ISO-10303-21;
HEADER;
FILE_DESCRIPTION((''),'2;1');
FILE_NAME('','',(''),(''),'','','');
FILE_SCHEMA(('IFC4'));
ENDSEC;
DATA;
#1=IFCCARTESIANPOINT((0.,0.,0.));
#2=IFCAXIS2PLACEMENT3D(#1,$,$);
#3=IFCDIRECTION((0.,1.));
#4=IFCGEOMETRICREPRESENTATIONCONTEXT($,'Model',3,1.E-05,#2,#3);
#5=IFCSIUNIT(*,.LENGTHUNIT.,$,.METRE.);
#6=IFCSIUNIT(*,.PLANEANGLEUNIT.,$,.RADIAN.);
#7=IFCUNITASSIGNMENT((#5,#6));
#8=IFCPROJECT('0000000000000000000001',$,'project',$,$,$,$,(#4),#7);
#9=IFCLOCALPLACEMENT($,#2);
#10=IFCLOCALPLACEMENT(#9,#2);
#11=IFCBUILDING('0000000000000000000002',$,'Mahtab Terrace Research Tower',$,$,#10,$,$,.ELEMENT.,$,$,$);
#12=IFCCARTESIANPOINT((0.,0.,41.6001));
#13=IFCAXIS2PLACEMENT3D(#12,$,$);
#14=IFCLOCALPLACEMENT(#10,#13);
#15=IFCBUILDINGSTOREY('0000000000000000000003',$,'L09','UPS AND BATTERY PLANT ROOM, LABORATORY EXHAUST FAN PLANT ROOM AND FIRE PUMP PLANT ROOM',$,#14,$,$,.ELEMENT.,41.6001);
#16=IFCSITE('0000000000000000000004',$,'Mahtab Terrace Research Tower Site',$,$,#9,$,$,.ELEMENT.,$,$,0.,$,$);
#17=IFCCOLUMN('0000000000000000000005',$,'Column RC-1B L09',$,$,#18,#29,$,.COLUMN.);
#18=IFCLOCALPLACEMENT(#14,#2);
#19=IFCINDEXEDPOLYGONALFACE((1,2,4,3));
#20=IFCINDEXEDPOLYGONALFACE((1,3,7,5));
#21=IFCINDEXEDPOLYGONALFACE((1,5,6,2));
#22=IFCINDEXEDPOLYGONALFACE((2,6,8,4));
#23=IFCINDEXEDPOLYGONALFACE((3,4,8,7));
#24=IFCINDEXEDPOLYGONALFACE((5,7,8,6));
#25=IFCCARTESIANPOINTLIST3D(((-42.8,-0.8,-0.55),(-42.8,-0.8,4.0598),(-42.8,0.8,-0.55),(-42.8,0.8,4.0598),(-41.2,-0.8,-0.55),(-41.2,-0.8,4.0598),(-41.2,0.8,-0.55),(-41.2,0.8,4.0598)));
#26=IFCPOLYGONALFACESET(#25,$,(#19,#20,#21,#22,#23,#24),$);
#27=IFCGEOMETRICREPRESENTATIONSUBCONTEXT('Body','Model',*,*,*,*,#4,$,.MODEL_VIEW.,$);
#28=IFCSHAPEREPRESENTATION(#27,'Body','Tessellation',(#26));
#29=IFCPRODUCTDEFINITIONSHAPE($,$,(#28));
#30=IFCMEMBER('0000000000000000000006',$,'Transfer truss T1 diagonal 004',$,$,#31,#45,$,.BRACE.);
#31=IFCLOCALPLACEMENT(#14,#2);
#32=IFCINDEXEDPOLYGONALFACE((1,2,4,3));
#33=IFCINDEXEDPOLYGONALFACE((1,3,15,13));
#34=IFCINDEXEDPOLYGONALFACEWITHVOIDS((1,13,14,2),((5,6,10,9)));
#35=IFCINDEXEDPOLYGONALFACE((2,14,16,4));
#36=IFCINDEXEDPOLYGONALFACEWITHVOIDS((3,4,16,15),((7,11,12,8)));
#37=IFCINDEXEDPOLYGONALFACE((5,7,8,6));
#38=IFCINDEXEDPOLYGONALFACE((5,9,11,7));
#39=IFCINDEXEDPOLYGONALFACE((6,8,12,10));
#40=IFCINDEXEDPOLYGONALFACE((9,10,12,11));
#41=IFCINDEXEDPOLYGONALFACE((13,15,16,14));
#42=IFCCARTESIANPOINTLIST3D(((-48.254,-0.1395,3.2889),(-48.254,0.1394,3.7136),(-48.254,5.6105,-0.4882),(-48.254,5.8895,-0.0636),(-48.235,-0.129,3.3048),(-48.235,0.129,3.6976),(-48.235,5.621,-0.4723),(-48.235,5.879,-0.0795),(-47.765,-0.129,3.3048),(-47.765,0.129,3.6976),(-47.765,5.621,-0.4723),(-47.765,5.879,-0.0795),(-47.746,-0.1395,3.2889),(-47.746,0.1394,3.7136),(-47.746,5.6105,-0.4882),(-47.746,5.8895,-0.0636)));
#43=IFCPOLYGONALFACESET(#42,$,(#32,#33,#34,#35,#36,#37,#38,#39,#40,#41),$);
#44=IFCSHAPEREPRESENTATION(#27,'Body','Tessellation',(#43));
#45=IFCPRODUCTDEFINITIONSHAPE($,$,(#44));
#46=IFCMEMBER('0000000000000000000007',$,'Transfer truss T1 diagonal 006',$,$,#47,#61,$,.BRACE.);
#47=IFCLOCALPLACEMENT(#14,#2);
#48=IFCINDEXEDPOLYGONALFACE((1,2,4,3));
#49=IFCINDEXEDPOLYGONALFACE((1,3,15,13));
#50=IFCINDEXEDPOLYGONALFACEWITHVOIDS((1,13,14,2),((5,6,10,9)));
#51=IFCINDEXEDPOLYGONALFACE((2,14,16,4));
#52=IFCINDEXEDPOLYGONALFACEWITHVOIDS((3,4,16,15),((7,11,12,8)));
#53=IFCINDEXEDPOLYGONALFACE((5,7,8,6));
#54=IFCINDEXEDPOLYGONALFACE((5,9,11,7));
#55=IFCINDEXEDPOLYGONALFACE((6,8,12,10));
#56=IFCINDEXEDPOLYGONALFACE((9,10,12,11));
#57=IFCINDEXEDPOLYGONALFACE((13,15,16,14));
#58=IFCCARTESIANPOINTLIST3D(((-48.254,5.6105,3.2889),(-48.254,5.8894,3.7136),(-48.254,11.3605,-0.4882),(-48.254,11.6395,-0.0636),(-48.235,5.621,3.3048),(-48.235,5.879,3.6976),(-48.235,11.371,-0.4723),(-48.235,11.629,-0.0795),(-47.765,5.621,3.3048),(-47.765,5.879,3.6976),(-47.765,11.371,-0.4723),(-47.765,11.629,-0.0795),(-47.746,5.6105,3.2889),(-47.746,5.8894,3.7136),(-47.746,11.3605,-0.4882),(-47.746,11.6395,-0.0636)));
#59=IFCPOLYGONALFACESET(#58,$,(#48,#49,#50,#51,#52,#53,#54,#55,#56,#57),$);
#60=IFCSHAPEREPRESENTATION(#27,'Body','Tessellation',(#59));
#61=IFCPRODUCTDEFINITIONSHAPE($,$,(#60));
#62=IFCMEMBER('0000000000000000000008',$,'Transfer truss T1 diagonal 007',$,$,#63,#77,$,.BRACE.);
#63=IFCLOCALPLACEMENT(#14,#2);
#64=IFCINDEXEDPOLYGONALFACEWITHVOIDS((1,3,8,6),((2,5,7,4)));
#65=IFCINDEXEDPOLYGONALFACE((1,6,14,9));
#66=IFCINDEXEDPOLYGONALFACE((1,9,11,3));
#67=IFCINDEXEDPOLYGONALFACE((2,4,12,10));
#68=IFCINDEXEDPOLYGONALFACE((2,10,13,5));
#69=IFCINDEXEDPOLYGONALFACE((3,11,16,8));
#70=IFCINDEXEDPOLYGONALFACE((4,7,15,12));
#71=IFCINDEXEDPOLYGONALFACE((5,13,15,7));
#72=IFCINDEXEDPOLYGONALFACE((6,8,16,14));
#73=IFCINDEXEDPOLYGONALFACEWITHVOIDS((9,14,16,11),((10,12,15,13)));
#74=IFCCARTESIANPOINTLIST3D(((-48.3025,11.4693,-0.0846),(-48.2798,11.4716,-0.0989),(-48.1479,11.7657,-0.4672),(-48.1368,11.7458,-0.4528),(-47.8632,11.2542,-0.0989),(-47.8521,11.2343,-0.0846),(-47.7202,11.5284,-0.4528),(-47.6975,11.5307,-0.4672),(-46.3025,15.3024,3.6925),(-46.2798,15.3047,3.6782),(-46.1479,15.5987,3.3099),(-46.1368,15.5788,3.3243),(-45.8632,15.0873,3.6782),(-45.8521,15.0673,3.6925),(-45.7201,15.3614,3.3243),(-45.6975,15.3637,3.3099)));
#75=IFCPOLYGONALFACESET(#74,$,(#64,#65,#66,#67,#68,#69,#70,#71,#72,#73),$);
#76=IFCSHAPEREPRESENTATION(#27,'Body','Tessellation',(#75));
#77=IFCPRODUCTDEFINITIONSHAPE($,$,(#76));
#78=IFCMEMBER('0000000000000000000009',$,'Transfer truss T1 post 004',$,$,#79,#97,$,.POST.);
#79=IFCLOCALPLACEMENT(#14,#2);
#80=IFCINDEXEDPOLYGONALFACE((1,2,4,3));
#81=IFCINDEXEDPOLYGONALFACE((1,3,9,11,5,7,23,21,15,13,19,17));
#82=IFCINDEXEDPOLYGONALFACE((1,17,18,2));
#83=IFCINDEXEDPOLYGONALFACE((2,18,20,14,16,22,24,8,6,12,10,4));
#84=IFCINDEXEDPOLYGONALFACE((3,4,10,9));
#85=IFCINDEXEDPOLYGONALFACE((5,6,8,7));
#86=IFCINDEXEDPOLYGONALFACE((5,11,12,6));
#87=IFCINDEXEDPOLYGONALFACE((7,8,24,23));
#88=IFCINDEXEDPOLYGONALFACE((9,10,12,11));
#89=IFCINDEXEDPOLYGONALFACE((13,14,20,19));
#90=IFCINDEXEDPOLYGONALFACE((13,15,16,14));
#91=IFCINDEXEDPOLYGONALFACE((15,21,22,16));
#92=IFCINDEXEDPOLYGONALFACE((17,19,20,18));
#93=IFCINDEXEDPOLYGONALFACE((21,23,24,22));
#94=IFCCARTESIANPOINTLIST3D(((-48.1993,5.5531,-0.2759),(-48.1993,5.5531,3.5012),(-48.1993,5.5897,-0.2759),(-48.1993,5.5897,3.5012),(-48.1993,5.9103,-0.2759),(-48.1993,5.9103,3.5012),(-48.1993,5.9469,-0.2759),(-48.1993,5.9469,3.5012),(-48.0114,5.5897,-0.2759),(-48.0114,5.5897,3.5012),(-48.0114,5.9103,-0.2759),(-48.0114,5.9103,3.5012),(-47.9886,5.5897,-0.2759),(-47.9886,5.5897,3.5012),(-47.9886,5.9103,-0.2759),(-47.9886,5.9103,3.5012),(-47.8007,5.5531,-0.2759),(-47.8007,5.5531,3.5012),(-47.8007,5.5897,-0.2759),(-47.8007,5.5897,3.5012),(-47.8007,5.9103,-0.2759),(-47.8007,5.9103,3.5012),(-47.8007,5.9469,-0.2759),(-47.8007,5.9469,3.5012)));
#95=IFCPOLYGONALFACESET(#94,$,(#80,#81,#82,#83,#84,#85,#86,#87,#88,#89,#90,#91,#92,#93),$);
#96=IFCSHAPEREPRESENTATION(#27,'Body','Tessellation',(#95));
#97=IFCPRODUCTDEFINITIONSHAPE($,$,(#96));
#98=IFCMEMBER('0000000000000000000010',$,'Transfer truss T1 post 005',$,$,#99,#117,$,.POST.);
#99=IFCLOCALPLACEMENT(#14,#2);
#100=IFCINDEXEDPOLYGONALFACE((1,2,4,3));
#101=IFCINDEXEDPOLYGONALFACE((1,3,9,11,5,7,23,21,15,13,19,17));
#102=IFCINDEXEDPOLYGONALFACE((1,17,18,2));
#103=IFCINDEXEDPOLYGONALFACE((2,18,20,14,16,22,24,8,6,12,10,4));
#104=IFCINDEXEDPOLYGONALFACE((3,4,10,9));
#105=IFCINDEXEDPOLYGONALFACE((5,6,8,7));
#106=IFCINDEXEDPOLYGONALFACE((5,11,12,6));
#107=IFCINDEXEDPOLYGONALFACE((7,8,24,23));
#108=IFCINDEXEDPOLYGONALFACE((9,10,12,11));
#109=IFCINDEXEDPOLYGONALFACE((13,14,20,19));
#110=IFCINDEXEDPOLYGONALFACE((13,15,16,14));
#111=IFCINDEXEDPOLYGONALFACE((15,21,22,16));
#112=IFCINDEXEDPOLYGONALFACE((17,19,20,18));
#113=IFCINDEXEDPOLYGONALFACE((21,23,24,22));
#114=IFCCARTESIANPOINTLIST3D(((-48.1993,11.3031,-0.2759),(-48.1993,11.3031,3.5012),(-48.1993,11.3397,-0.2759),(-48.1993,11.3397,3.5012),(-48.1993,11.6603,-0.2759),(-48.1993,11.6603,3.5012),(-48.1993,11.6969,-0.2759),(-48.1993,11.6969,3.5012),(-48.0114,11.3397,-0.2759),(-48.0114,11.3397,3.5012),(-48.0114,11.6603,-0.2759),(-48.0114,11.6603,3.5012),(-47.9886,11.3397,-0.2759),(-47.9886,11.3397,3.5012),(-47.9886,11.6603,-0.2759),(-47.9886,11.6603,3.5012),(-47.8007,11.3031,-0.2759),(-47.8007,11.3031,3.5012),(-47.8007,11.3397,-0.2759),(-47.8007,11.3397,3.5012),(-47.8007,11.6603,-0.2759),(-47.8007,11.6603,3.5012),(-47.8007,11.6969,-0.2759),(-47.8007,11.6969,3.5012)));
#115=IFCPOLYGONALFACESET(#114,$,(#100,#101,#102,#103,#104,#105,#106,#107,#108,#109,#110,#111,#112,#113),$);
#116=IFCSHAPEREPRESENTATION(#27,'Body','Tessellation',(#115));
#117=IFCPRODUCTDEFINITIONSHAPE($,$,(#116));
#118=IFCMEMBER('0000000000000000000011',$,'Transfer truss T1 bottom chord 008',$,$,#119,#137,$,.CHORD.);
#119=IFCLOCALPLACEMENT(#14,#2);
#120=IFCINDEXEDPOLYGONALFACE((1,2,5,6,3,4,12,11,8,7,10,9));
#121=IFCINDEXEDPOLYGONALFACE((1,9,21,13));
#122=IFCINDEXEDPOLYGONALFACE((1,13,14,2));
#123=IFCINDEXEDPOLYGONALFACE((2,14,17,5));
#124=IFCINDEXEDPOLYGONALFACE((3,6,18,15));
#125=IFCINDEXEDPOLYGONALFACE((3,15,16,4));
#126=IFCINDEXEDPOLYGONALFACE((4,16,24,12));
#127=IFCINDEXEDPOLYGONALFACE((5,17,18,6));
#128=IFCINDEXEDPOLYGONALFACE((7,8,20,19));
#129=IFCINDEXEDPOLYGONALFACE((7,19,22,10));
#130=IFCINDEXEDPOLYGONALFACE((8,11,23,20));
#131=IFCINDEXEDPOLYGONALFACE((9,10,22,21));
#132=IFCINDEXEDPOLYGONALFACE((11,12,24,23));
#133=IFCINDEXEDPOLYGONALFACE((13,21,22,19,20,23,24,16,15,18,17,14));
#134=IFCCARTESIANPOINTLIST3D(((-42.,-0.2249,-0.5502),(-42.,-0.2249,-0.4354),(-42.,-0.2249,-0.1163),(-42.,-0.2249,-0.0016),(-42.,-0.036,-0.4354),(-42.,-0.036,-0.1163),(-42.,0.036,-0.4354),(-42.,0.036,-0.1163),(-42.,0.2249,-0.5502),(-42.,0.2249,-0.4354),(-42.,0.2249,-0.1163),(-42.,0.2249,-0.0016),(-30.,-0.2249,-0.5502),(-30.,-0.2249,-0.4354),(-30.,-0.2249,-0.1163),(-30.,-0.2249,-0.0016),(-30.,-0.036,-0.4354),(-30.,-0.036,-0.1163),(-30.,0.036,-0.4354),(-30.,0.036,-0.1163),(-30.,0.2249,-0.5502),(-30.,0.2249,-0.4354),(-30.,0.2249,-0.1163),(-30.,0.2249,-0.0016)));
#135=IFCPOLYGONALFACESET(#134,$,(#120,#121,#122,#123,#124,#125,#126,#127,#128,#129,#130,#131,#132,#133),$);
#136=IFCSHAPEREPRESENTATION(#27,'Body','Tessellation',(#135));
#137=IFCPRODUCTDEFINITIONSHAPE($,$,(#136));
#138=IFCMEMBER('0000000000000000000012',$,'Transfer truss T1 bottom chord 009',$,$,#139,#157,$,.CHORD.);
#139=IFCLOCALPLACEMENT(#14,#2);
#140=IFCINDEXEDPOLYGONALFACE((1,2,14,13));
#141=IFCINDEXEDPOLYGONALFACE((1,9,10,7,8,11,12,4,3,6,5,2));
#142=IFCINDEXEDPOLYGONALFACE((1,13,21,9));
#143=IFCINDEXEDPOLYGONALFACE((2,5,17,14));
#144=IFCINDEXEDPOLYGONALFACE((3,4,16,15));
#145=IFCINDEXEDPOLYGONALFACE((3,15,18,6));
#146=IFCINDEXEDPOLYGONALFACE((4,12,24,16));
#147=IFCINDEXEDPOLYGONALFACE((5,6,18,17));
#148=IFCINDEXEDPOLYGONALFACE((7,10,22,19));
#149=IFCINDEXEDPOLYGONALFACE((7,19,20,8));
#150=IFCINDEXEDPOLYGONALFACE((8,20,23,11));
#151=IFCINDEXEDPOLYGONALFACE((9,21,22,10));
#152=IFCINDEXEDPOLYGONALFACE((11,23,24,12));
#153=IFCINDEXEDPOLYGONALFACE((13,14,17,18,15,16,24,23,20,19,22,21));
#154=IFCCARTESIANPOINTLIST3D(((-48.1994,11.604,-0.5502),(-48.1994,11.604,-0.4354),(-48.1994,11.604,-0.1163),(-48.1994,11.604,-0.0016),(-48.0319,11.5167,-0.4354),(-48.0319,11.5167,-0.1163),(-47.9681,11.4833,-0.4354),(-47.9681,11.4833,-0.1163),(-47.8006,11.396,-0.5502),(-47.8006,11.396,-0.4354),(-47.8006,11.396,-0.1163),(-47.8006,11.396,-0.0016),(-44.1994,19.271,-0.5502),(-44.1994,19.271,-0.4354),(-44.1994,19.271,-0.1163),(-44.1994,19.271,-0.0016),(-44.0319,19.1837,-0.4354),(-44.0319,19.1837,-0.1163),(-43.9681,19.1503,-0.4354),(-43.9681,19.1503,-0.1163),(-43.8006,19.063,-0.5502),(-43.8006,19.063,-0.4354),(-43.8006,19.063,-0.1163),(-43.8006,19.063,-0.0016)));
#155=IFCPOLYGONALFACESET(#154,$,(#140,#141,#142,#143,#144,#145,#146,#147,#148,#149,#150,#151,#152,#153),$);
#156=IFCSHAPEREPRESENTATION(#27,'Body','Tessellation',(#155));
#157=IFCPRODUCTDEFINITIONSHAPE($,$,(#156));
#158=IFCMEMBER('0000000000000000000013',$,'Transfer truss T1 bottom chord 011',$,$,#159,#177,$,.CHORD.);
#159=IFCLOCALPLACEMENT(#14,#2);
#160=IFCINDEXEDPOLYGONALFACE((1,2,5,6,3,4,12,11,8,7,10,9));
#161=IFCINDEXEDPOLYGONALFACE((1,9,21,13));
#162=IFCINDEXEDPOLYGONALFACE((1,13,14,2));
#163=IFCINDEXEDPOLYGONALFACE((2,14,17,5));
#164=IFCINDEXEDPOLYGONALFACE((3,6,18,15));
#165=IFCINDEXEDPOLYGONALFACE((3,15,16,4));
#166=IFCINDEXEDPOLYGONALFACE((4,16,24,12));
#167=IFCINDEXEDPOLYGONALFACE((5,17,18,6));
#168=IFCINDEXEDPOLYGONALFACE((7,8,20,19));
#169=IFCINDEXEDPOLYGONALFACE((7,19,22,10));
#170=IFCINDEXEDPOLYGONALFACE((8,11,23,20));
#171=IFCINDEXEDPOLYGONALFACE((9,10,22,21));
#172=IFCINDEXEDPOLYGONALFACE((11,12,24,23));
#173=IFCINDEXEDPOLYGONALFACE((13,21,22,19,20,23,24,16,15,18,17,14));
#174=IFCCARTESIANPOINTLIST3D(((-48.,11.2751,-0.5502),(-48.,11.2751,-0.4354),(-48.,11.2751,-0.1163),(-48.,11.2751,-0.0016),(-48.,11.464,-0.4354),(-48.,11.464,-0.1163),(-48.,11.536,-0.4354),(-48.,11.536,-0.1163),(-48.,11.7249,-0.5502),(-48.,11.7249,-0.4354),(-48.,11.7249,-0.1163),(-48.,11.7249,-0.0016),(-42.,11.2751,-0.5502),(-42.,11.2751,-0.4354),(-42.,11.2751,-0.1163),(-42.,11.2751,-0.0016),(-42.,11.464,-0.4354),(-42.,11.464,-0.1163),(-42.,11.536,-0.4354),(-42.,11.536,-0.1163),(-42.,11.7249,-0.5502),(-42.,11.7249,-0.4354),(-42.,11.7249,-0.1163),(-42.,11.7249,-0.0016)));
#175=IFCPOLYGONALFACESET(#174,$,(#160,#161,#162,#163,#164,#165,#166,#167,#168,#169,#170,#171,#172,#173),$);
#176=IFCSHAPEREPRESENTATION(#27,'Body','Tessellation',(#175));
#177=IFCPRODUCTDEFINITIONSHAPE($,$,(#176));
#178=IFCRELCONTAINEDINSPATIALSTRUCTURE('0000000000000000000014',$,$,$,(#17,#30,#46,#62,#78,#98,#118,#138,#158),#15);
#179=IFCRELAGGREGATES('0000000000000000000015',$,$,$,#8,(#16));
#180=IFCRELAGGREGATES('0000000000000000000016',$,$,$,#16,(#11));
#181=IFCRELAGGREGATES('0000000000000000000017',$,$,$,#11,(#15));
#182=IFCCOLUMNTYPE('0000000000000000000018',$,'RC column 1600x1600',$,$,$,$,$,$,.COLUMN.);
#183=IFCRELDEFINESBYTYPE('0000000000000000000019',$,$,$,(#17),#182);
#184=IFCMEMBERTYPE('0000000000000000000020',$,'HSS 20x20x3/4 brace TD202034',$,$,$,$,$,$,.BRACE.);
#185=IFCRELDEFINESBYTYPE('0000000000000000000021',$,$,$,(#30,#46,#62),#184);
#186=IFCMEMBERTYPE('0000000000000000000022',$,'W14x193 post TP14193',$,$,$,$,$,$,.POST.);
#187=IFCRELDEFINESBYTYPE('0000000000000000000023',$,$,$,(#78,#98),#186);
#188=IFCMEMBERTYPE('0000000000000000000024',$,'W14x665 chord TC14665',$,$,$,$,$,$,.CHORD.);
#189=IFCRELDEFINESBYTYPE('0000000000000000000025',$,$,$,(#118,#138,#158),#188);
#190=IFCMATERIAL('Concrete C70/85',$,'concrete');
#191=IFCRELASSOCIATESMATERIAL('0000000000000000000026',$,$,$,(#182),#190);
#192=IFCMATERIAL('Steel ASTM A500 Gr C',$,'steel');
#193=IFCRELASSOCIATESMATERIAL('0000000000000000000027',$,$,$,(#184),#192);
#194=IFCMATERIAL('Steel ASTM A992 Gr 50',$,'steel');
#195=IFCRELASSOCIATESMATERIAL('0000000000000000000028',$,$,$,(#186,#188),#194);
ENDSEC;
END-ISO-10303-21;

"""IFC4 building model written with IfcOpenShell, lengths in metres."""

from ifc_helpers import new_model, si_unit, direction, frame, origin, origin_2d, place, context, subcontext, project, spatial, rectangle, hollow_rectangle, i_section, extrude, material, material_profile, profile_set, type_object, element, save


model = new_model("IFC4")

# Units and contexts
model_context = context("Model", 3, precision=1e-05, world=origin(), true_north=direction((0.0, 1.0)))
body_context = subcontext(model_context, "Body", "Model", "MODEL_VIEW")
ifc_project = project(units=[si_unit("LENGTHUNIT", "METRE"), si_unit("PLANEANGLEUNIT", "RADIAN")], contexts=[model_context])

# Site, building, storey
site_placement = place(None, origin())
site = spatial("IfcSite", under=ifc_project, at=site_placement, Name="Mahtab Terrace Research Tower Site", CompositionType="ELEMENT", RefElevation=0.0)
building_placement = place(site_placement, origin())
building = spatial("IfcBuilding", under=site, at=building_placement, Name="Mahtab Terrace Research Tower", CompositionType="ELEMENT")
storey_placement = place(building_placement, frame((0.0, 0.0, 41.6001)))
storey = spatial("IfcBuildingStorey", under=building, at=storey_placement, Name="L09", Description="UPS AND BATTERY PLANT ROOM, LABORATORY EXHAUST FAN PLANT ROOM AND FIRE PUMP PLANT ROOM", CompositionType="ELEMENT", Elevation=41.6001)

# Column
ifc_material_1 = material(Name="Concrete C70/85", Category="concrete")
ifc_material_profile_1 = material_profile(ifc_material_1, rectangle(XDim=1.6001, YDim=1.6001, at=origin_2d()), Name="RC column 1600x1600")
ifc_profile_set_1 = profile_set([ifc_material_profile_1], Name="Concrete C70/85")
column_type = type_object("IfcColumnType", Name="RC column 1600x1600", PredefinedType="COLUMN", material=ifc_profile_set_1)
column_placement = place(storey_placement, frame((-42.0, 0.0, -0.55), z_axis=(0.0, 0.0, 1.0), x_axis=(1.0, 0.0, 0.0)))
element("IfcColumn", 1, at=column_placement, inside=storey, type_object=column_type, Name="Column RC-1B L09", PredefinedType="COLUMN", context=body_context, shape_type="SweptSolid", body=[
    extrude(rectangle(XDim=1.6001, YDim=1.6001, at=origin_2d()), origin(), (0.0, 0.0, 1.0), 4.6099),
])

# Members
ifc_material_2 = material(Name="Steel ASTM A500 Gr C", Category="steel")
ifc_material_profile_2 = material_profile(ifc_material_2, hollow_rectangle(XDim=0.5081, YDim=0.5081, WallThickness=0.019, at=origin_2d()), Name="HSS20X20X3/4")
ifc_profile_set_2 = profile_set([ifc_material_profile_2], Name="Steel ASTM A500 Gr C")
member_type_1 = type_object("IfcMemberType", Name="HSS 20x20x3/4 brace TD202034", PredefinedType="BRACE", material=ifc_profile_set_2)
for number, where, z_axis, x_axis, name in (
    (2, (-48.0, 5.75, -0.2759), (0.0, -0.835804, 0.549028), (1.0, 0.0, 0.0), "Transfer truss T1 diagonal 004"),
    (3, (-48.0, 11.5, -0.2759), (0.0, -0.835804, 0.549028), (1.0, 0.0, 0.0), "Transfer truss T1 diagonal 006"),
):
    element("IfcMember", number, at=place(storey_placement, frame(where, z_axis=z_axis, x_axis=x_axis)), inside=storey, type_object=member_type_1, Name=name, PredefinedType="BRACE", context=body_context, shape_type="SweptSolid", body=[
        extrude(hollow_rectangle(XDim=0.5081, YDim=0.5081, WallThickness=0.019, at=origin_2d()), origin(), (0.0, 0.0, 1.0), 6.8796),
    ])
member_1_placement = place(storey_placement, frame((-48.0, 11.5, -0.2759), z_axis=(0.348375, 0.667662, 0.657923), x_axis=(-0.886569, 0.462597, 0.0)))
element("IfcMember", 4, at=member_1_placement, inside=storey, type_object=member_type_1, Name="Transfer truss T1 diagonal 007", PredefinedType="BRACE", context=body_context, shape_type="SweptSolid", body=[
    extrude(hollow_rectangle(XDim=0.5081, YDim=0.5081, WallThickness=0.019, at=origin_2d()), origin(), (0.0, 0.0, 1.0), 5.741),
])
ifc_material_3 = material(Name="Steel ASTM A992 Gr 50", Category="steel")
ifc_material_profile_3 = material_profile(ifc_material_3, i_section(OverallWidth=0.3987, OverallDepth=0.3938, WebThickness=0.0227, FlangeThickness=0.0366, at=origin_2d()), Name="W14X193")
ifc_profile_set_3 = profile_set([ifc_material_profile_3], Name="Steel ASTM A992 Gr 50")
member_type_2 = type_object("IfcMemberType", Name="W14x193 post TP14193", PredefinedType="POST", material=ifc_profile_set_3)
for number, where, z_axis, x_axis, name in (
    (5, (-48.0, 5.75, -0.2759), (0.0, 0.0, 1.0), (1.0, 0.0, 0.0), "Transfer truss T1 post 004"),
    (6, (-48.0, 11.5, -0.2759), (0.0, 0.0, 1.0), (1.0, 0.0, 0.0), "Transfer truss T1 post 005"),
):
    element("IfcMember", number, at=place(storey_placement, frame(where, z_axis=z_axis, x_axis=x_axis)), inside=storey, type_object=member_type_2, Name=name, PredefinedType="POST", context=body_context, shape_type="SweptSolid", body=[
        extrude(i_section(OverallWidth=0.3987, OverallDepth=0.3938, WebThickness=0.0227, FlangeThickness=0.0366, at=origin_2d()), origin(), (0.0, 0.0, 1.0), 3.7771),
    ])
ifc_material_profile_4 = material_profile(ifc_material_3, i_section(OverallWidth=0.4497, OverallDepth=0.5486, WebThickness=0.072, FlangeThickness=0.1147, at=origin_2d()), Name="W14X665")
ifc_profile_set_4 = profile_set([ifc_material_profile_4], Name="Steel ASTM A992 Gr 50")
member_type_3 = type_object("IfcMemberType", Name="W14x665 chord TC14665", PredefinedType="CHORD", material=ifc_profile_set_4)
member_2_placement = place(storey_placement, frame((-42.0, 0.0, -0.2759), z_axis=(1.0, 0.0, 0.0), x_axis=(0.0, 1.0, 0.0)))
element("IfcMember", 7, at=member_2_placement, inside=storey, type_object=member_type_3, Name="Transfer truss T1 bottom chord 008", PredefinedType="CHORD", context=body_context, shape_type="SweptSolid", body=[
    extrude(i_section(OverallWidth=0.4497, OverallDepth=0.5486, WebThickness=0.072, FlangeThickness=0.1147, at=origin_2d()), origin(), (0.0, 0.0, 1.0), 12.0),
])
member_3_placement = place(storey_placement, frame((-48.0, 11.5, -0.2759), z_axis=(0.462551, 0.886593, 0.0), x_axis=(-0.886593, 0.462551, 0.0)))
element("IfcMember", 8, at=member_3_placement, inside=storey, type_object=member_type_3, Name="Transfer truss T1 bottom chord 009", PredefinedType="CHORD", context=body_context, shape_type="SweptSolid", body=[
    extrude(i_section(OverallWidth=0.4497, OverallDepth=0.5486, WebThickness=0.072, FlangeThickness=0.1147, at=origin_2d()), origin(), (0.0, 0.0, 1.0), 8.6477),
])
member_4_placement = place(storey_placement, frame((-48.0, 11.5, -0.2759), z_axis=(1.0, 0.0, 0.0), x_axis=(0.0, 1.0, 0.0)))
element("IfcMember", 9, at=member_4_placement, inside=storey, type_object=member_type_3, Name="Transfer truss T1 bottom chord 011", PredefinedType="CHORD", context=body_context, shape_type="SweptSolid", body=[
    extrude(i_section(OverallWidth=0.4497, OverallDepth=0.5486, WebThickness=0.072, FlangeThickness=0.1147, at=origin_2d()), origin(), (0.0, 0.0, 1.0), 6.0),
])

save(model, "model.ifc")
